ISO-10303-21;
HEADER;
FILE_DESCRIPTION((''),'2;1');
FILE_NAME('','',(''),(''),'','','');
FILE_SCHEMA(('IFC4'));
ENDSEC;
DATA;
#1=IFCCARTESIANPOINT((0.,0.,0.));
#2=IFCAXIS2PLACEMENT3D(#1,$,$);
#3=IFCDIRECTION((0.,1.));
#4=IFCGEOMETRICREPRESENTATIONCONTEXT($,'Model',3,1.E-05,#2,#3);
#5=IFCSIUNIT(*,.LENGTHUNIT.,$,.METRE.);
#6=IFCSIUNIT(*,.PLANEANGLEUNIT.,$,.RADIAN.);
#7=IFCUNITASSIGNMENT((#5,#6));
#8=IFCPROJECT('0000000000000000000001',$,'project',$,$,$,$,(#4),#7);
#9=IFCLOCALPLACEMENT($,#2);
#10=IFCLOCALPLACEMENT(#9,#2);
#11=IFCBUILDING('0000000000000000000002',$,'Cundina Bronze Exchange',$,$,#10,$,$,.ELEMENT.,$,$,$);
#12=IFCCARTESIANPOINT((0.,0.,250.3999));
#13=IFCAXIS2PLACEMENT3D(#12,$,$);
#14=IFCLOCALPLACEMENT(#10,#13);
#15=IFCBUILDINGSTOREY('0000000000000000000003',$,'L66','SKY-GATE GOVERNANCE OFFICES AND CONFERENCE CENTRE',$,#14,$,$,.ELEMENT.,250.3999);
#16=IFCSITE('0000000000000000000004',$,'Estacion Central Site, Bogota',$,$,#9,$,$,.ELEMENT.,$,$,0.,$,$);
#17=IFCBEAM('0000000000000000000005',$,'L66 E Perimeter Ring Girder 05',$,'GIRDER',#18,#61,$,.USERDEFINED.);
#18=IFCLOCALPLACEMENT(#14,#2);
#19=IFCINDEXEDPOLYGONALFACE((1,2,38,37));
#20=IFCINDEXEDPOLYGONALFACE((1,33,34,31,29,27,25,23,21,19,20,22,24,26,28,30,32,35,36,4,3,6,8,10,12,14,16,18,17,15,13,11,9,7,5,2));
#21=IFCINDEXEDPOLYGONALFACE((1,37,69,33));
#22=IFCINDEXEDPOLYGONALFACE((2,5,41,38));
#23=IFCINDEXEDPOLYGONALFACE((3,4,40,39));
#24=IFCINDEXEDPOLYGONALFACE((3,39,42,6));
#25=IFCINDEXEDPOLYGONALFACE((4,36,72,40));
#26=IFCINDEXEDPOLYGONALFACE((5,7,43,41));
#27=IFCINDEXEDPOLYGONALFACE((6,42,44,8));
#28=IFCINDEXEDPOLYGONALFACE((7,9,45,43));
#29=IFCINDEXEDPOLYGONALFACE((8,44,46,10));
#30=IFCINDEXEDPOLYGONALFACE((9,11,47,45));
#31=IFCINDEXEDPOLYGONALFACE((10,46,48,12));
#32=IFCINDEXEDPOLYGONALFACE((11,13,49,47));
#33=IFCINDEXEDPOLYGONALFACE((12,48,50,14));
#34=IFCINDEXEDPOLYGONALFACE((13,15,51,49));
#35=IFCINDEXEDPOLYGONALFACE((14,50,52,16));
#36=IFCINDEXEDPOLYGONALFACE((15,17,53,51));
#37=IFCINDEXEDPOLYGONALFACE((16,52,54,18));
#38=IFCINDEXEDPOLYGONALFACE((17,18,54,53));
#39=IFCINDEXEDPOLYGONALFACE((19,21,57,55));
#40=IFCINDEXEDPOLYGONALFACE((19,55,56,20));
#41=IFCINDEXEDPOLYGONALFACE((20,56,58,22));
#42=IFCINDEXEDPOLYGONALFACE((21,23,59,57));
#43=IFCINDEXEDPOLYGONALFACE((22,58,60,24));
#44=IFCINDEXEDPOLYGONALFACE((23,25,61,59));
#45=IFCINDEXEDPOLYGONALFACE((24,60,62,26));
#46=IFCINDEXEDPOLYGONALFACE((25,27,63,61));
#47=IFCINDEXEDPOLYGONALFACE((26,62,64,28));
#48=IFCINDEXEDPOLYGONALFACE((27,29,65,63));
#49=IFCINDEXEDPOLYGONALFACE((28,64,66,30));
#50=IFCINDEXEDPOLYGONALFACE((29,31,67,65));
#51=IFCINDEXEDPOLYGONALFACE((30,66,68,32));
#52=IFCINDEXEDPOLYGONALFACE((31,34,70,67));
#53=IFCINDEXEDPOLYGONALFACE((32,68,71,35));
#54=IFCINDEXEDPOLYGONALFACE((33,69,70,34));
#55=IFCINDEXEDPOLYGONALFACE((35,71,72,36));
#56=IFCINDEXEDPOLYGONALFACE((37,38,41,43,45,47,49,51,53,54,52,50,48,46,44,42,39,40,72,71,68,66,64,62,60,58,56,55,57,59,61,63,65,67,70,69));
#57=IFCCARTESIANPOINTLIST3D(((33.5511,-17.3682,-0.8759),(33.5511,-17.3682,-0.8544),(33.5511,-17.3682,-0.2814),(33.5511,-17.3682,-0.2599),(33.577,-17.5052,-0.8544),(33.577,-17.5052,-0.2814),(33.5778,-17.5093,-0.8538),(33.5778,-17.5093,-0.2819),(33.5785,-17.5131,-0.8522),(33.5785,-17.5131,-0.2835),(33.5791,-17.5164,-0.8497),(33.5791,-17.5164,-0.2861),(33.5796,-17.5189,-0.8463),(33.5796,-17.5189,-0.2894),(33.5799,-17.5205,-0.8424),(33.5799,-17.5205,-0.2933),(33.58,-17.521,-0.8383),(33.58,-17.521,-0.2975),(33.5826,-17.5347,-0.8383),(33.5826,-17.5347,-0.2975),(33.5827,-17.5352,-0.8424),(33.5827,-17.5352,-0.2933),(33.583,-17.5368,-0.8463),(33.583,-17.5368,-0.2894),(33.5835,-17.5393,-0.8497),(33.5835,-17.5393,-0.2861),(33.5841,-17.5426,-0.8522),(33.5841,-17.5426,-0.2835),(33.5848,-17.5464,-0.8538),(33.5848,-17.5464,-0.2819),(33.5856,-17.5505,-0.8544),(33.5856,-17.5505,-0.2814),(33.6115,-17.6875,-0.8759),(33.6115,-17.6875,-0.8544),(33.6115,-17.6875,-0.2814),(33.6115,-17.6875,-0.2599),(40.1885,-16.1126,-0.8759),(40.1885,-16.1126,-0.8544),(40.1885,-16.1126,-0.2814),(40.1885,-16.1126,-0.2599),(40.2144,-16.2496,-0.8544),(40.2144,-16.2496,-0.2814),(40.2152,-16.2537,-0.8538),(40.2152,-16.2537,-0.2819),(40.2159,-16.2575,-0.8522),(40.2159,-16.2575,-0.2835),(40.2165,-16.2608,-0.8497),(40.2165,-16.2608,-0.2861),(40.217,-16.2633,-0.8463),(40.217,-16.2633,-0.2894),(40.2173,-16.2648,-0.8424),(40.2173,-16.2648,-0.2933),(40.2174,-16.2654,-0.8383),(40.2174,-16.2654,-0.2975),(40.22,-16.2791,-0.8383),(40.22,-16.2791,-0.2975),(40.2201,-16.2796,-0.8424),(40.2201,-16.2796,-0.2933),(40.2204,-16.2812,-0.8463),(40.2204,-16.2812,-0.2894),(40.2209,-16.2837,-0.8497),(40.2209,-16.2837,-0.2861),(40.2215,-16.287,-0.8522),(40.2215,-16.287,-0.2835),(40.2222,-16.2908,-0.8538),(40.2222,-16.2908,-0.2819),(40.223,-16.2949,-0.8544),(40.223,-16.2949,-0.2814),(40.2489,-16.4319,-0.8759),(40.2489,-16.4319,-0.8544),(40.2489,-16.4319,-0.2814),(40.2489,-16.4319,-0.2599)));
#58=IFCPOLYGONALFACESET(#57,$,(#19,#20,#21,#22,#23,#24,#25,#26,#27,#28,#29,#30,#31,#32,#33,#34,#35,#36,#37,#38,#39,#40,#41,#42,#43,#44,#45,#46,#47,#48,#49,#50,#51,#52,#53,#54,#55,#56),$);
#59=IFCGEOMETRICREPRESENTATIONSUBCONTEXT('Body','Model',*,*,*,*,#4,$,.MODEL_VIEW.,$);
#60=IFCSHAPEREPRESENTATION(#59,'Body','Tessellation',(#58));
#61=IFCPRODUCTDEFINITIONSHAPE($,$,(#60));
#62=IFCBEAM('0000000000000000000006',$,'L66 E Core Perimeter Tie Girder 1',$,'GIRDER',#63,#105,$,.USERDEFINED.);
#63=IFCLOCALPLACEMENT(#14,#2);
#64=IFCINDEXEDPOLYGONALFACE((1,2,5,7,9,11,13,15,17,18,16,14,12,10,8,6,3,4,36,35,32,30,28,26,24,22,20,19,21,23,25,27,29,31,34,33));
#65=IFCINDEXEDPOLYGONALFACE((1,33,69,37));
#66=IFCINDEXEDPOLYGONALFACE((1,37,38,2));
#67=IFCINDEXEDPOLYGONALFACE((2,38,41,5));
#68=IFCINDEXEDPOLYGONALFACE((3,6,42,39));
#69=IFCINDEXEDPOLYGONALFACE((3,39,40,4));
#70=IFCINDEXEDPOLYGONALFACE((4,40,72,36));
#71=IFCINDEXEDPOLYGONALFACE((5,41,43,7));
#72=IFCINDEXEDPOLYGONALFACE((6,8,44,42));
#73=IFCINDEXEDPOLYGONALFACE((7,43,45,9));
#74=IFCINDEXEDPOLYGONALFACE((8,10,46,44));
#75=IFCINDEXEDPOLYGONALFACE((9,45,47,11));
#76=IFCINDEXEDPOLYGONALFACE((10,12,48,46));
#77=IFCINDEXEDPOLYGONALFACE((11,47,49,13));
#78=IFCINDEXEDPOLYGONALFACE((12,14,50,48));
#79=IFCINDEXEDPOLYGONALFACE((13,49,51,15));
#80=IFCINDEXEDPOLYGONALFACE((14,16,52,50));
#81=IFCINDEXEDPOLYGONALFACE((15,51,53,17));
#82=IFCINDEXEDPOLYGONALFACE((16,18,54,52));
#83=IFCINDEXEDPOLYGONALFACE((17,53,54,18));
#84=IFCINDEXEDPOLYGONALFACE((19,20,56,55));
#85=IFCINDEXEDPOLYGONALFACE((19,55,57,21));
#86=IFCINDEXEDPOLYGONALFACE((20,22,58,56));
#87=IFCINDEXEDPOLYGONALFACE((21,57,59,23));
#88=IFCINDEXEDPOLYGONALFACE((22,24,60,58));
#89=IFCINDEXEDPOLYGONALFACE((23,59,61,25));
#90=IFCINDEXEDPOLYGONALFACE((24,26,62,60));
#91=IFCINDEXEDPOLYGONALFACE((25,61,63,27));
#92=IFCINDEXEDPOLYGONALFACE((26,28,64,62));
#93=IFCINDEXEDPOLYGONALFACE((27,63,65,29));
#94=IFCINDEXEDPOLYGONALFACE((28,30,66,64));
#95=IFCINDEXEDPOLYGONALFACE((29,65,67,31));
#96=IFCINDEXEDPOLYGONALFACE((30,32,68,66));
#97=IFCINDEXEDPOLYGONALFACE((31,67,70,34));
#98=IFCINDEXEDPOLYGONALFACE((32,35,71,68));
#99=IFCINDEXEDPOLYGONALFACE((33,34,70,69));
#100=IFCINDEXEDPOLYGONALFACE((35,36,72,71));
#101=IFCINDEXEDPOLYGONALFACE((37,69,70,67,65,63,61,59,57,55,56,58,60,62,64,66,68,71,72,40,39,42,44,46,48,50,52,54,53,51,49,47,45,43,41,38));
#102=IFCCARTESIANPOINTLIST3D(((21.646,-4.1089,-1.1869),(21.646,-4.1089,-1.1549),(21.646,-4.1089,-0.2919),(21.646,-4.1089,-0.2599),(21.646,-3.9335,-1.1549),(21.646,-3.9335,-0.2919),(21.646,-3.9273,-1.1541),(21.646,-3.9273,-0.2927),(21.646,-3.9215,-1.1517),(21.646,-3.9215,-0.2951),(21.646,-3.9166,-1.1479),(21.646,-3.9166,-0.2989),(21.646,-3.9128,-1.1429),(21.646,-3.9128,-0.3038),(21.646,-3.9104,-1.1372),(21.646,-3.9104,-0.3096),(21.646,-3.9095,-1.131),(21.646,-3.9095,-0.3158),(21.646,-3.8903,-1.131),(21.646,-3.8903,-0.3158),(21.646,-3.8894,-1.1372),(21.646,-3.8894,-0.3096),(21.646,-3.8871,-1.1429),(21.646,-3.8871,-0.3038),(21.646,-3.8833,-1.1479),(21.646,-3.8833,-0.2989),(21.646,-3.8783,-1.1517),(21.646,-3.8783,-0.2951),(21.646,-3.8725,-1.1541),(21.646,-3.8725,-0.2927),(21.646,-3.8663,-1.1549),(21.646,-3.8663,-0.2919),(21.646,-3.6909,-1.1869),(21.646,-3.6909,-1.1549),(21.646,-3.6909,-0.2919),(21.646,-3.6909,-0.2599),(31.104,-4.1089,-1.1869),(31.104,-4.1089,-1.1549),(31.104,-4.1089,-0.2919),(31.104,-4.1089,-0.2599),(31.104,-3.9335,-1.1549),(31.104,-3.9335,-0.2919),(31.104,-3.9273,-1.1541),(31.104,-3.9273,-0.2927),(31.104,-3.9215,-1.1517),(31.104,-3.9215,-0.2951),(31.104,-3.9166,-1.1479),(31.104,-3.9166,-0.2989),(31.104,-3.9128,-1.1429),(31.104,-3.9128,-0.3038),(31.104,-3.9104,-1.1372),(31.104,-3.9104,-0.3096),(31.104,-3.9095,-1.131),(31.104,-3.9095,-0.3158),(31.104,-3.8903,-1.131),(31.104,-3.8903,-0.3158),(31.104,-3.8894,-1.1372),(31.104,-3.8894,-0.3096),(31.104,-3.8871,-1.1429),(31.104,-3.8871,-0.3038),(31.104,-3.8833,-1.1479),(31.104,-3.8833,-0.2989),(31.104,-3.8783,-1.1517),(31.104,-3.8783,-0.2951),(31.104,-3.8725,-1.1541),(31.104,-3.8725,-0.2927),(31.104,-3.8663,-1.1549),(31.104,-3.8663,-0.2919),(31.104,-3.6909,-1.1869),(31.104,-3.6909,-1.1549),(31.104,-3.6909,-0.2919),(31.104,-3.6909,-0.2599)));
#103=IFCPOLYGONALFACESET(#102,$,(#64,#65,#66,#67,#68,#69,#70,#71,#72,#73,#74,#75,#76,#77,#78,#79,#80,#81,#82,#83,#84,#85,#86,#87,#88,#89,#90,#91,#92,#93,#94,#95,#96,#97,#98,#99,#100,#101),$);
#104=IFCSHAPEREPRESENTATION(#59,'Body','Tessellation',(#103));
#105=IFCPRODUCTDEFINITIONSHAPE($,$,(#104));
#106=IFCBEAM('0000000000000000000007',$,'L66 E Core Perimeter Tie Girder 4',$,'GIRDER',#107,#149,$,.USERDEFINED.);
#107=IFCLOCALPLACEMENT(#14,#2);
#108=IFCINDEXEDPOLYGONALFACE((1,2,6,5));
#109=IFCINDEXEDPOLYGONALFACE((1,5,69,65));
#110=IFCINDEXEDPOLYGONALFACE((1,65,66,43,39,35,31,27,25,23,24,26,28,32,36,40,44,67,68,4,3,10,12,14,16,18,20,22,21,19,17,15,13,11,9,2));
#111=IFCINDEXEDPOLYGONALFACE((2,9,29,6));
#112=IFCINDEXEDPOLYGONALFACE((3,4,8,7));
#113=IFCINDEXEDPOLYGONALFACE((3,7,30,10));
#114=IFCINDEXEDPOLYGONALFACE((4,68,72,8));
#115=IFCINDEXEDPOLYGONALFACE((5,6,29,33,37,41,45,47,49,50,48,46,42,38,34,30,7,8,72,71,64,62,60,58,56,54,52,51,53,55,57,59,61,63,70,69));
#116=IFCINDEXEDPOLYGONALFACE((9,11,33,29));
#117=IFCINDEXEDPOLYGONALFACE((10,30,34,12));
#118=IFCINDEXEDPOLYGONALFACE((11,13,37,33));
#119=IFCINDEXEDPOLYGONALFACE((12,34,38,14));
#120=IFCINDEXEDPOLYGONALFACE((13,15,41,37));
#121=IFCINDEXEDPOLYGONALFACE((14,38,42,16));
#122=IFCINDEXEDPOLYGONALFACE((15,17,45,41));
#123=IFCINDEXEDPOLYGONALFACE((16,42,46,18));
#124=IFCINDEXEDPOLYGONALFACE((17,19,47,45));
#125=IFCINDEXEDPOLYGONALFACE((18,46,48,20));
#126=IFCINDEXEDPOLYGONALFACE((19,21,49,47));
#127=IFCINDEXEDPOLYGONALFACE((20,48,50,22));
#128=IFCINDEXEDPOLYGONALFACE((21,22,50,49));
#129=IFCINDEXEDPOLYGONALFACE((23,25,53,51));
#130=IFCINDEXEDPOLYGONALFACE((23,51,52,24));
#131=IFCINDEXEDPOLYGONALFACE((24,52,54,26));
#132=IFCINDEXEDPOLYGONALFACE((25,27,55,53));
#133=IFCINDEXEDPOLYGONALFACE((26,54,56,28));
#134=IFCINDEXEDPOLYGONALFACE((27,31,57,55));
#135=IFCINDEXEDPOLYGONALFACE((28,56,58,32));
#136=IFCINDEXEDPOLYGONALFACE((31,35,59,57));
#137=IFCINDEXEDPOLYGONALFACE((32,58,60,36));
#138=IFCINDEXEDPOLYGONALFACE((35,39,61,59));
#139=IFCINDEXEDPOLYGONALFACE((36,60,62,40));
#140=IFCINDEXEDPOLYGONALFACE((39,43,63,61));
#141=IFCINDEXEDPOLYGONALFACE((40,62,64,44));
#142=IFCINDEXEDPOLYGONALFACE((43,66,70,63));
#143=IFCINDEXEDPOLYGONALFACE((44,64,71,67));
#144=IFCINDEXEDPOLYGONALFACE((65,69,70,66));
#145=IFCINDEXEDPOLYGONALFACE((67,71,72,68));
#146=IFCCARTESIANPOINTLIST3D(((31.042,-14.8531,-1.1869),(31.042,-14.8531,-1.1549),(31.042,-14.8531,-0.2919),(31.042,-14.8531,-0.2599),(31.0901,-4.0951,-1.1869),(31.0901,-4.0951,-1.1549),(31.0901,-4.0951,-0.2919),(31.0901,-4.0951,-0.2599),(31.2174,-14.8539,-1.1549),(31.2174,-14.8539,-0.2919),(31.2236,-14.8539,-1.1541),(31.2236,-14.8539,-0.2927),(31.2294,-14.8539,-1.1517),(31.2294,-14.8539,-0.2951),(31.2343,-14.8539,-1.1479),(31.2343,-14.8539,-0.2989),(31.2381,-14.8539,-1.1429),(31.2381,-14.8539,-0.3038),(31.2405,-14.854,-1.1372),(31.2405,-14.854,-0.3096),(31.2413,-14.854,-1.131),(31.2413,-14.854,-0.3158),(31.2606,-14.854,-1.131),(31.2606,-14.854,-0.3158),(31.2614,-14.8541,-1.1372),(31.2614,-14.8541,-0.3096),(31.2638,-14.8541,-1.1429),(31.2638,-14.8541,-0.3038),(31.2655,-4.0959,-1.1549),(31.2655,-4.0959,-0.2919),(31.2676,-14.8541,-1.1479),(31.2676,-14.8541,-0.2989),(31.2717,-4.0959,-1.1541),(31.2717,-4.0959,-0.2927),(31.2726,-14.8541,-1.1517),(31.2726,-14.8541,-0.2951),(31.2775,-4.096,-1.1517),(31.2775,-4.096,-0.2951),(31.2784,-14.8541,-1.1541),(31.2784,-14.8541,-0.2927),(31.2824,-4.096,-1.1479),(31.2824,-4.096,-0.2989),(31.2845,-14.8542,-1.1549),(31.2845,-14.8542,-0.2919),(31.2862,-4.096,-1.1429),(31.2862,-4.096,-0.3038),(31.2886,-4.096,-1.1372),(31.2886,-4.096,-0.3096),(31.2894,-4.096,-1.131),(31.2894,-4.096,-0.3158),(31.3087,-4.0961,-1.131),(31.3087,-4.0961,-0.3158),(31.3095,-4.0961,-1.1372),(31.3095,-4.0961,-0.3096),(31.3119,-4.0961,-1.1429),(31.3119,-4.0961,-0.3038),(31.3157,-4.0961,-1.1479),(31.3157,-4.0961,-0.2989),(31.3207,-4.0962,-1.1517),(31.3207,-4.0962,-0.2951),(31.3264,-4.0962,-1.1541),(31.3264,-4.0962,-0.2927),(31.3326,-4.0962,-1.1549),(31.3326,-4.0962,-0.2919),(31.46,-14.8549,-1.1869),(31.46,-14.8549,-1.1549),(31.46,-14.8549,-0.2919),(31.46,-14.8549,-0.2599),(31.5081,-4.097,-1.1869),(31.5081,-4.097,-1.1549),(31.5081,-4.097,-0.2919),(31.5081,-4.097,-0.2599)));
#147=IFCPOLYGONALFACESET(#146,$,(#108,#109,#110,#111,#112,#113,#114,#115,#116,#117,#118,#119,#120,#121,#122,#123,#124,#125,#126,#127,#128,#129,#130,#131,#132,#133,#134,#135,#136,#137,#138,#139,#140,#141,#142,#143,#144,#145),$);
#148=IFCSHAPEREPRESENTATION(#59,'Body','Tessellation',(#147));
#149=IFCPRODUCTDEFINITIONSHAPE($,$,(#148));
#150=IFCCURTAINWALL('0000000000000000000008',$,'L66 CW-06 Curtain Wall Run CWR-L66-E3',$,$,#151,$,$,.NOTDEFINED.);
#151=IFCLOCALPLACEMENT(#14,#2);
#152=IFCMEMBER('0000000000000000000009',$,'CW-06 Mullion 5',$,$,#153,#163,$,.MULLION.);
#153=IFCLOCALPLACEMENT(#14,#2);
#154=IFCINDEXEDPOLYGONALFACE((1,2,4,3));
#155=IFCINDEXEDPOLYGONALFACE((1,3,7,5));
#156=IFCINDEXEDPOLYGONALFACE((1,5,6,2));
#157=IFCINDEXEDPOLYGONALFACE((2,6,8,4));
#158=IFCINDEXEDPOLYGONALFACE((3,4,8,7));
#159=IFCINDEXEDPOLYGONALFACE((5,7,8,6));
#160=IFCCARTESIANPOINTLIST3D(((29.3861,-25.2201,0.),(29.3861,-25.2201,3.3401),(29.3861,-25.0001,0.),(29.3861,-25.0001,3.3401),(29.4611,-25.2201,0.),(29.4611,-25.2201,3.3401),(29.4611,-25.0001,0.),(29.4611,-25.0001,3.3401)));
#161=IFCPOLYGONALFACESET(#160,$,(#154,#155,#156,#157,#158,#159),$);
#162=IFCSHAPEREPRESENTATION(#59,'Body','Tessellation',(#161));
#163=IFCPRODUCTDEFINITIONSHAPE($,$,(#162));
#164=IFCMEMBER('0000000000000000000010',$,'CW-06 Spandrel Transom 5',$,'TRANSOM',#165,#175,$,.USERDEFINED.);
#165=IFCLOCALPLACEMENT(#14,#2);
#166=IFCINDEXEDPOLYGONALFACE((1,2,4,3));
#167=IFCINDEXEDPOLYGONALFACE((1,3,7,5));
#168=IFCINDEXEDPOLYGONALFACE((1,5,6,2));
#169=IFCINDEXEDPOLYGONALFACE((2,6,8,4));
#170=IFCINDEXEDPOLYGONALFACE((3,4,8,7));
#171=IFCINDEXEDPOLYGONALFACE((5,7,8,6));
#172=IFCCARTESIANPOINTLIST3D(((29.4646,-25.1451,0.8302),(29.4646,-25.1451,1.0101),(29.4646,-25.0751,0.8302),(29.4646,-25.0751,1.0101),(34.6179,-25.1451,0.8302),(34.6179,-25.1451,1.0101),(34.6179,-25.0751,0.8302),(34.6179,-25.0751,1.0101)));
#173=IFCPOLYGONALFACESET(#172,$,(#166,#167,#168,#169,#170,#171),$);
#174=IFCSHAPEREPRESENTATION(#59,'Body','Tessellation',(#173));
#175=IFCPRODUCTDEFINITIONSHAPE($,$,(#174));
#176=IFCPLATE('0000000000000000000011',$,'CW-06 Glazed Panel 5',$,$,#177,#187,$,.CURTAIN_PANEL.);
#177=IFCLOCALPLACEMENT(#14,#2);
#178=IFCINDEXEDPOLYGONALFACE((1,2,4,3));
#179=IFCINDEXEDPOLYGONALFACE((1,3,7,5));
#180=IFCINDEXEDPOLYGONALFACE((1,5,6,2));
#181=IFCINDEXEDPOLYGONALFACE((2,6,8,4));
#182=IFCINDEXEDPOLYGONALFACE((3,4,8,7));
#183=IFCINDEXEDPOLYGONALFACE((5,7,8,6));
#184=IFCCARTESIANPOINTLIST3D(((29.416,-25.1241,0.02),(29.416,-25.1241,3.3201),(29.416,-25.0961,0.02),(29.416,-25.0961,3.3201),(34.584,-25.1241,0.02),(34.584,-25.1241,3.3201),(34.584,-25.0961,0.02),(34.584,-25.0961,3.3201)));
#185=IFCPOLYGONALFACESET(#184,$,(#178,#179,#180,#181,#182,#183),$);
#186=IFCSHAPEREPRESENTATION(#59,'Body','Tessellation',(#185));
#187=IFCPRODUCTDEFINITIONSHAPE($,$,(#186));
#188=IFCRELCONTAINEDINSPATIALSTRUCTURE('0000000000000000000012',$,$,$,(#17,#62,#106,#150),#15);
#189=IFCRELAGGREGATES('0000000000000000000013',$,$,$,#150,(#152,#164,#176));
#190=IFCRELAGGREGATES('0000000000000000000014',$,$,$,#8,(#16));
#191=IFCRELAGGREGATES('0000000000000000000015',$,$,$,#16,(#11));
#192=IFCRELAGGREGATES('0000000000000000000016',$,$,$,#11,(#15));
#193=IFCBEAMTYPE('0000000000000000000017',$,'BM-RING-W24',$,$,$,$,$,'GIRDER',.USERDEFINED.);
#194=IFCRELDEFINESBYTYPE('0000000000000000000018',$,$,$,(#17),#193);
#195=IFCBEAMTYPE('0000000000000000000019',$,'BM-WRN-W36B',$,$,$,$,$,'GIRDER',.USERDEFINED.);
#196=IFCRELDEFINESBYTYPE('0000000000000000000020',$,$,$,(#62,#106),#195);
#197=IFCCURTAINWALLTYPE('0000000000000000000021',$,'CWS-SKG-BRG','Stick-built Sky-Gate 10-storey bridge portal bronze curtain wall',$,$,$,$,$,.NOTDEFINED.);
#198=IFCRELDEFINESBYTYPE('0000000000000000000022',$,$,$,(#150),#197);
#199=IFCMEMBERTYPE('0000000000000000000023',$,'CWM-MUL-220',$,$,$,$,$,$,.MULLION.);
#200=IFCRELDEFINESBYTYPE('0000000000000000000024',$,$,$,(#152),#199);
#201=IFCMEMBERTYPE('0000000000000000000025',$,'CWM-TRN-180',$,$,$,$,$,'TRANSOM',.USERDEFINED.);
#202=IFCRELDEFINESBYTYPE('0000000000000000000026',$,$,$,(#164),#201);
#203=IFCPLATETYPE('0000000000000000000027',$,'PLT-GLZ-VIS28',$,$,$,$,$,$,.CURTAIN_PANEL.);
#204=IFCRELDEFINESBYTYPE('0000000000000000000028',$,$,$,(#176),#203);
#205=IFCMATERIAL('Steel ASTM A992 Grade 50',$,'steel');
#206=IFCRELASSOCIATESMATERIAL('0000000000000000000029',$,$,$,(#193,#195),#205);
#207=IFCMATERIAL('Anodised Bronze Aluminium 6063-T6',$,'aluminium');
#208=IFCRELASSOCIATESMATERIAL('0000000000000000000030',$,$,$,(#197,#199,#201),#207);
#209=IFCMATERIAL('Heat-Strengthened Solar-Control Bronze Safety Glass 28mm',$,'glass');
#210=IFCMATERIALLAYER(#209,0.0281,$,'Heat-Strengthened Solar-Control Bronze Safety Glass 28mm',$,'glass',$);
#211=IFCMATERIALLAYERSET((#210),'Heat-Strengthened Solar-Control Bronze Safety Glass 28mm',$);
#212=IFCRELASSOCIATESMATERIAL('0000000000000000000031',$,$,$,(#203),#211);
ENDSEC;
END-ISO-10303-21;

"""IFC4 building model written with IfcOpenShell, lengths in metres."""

from ifc_helpers import new_model, si_unit, direction, frame, origin, origin_2d, place, context, subcontext, project, spatial, rectangle, i_section, extrude, material, layer, layer_set, material_profile, profile_set, type_object, element, aggregate, save


model = new_model("IFC4")

# Units and contexts
model_context = context("Model", 3, precision=1e-05, world=origin(), true_north=direction((0.0, 1.0)))
body_context = subcontext(model_context, "Body", "Model", "MODEL_VIEW")
ifc_project = project(units=[si_unit("LENGTHUNIT", "METRE"), si_unit("PLANEANGLEUNIT", "RADIAN")], contexts=[model_context])

# Site, building, storey
site_placement = place(None, origin())
site = spatial("IfcSite", under=ifc_project, at=site_placement, Name="Estacion Central Site, Bogota", CompositionType="ELEMENT", RefElevation=0.0)
building_placement = place(site_placement, origin())
building = spatial("IfcBuilding", under=site, at=building_placement, Name="Cundina Bronze Exchange", CompositionType="ELEMENT")
storey_placement = place(building_placement, frame((0.0, 0.0, 250.3999)))
storey = spatial("IfcBuildingStorey", under=building, at=storey_placement, Name="L66", Description="SKY-GATE GOVERNANCE OFFICES AND CONFERENCE CENTRE", CompositionType="ELEMENT", Elevation=250.3999)

# Shared definitions
ifc_material_1 = material(Name="Steel ASTM A992 Grade 50", Category="steel")

# Beams
ifc_material_profile_1 = material_profile(ifc_material_1, i_section(OverallWidth=0.325, OverallDepth=0.616, WebThickness=0.0139, FlangeThickness=0.0215, FilletRadius=0.0161, at=origin_2d()), Name="W24X117", Category="steel")
ifc_profile_set_1 = profile_set([ifc_material_profile_1], Name="Steel ASTM A992 Grade 50")
beam_type_1 = type_object("IfcBeamType", Name="BM-RING-W24", ElementType="GIRDER", PredefinedType="USERDEFINED", material=ifc_profile_set_1)
beam_1_placement = place(storey_placement, frame((33.5813, -17.5278, -0.5679), z_axis=(0.982573, 0.185875, 0.0), x_axis=(-0.185875, 0.982573, 0.0)))
element("IfcBeam", 1, at=beam_1_placement, inside=storey, type_object=beam_type_1, Name="L66 E Perimeter Ring Girder 05", ObjectType="GIRDER", PredefinedType="USERDEFINED", context=body_context, shape_type="SweptSolid", body=[
    extrude(i_section(OverallWidth=0.325, OverallDepth=0.616, WebThickness=0.0139, FlangeThickness=0.0215, FilletRadius=0.0161, at=origin_2d()), origin(), (0.0, 0.0, 1.0), 6.7551),
])
ifc_material_profile_2 = material_profile(ifc_material_1, i_section(OverallWidth=0.418, OverallDepth=0.927, WebThickness=0.0193, FlangeThickness=0.032, FilletRadius=0.0239, at=origin_2d()), Name="W36X231", Category="steel")
ifc_profile_set_2 = profile_set([ifc_material_profile_2], Name="Steel ASTM A992 Grade 50")
beam_type_2 = type_object("IfcBeamType", Name="BM-WRN-W36B", ElementType="GIRDER", PredefinedType="USERDEFINED", material=ifc_profile_set_2)
beam_2_placement = place(storey_placement, frame((31.104, -3.8999, -0.7234), z_axis=(-1.0, 0.0, 0.0), x_axis=(0.0, -1.0, 0.0)))
element("IfcBeam", 2, at=beam_2_placement, inside=storey, type_object=beam_type_2, Name="L66 E Core Perimeter Tie Girder 1", ObjectType="GIRDER", PredefinedType="USERDEFINED", context=body_context, shape_type="SweptSolid", body=[
    extrude(i_section(OverallWidth=0.418, OverallDepth=0.927, WebThickness=0.0193, FlangeThickness=0.032, FilletRadius=0.0239, at=origin_2d()), origin(), (0.0, 0.0, 1.0), 9.458),
])
beam_3_placement = place(storey_placement, frame((31.251, -14.854, -0.7234), z_axis=(0.004471, 0.99999, 0.0), x_axis=(-0.99999, 0.004471, 0.0)))
element("IfcBeam", 3, at=beam_3_placement, inside=storey, type_object=beam_type_2, Name="L66 E Core Perimeter Tie Girder 4", ObjectType="GIRDER", PredefinedType="USERDEFINED", context=body_context, shape_type="SweptSolid", body=[
    extrude(i_section(OverallWidth=0.418, OverallDepth=0.927, WebThickness=0.0193, FlangeThickness=0.032, FilletRadius=0.0239, at=origin_2d()), origin(), (0.0, 0.0, 1.0), 10.7581),
])

# Curtain wall, members, plate
ifc_material_2 = material(Name="Anodised Bronze Aluminium 6063-T6", Category="aluminium")
curtain_wall_type = type_object("IfcCurtainWallType", Name="CWS-SKG-BRG", Description="Stick-built Sky-Gate 10-storey bridge portal bronze curtain wall", PredefinedType="NOTDEFINED", material=ifc_material_2)
curtain_wall_placement = place(storey_placement, origin())
curtain_wall = element("IfcCurtainWall", 4, at=curtain_wall_placement, inside=storey, type_object=curtain_wall_type, Name="L66 CW-06 Curtain Wall Run CWR-L66-E3", PredefinedType="NOTDEFINED")
ifc_material_profile_3 = material_profile(ifc_material_2, rectangle(XDim=0.075, YDim=0.22, at=origin_2d()), Name="AL75X220", Category="aluminium")
ifc_profile_set_3 = profile_set([ifc_material_profile_3], Name="Anodised Bronze Aluminium 6063-T6")
member_type_1 = type_object("IfcMemberType", Name="CWM-MUL-220", PredefinedType="MULLION", material=ifc_profile_set_3)
member_1_placement = place(storey_placement, frame((29.4236, -25.1101, 0.0), z_axis=(0.0, 0.0, 1.0), x_axis=(1.0, 0.0, 0.0)))
member_1 = element("IfcMember", 5, at=member_1_placement, type_object=member_type_1, Name="CW-06 Mullion 5", PredefinedType="MULLION", context=body_context, shape_type="SweptSolid", body=[
    extrude(rectangle(XDim=0.075, YDim=0.22, at=origin_2d()), origin(), (0.0, 0.0, 1.0), 3.3401),
])
ifc_material_profile_4 = material_profile(ifc_material_2, rectangle(XDim=0.0701, YDim=0.1799, at=origin_2d()), Name="AL70X180", Category="aluminium")
ifc_profile_set_4 = profile_set([ifc_material_profile_4], Name="Anodised Bronze Aluminium 6063-T6")
member_type_2 = type_object("IfcMemberType", Name="CWM-TRN-180", ElementType="TRANSOM", PredefinedType="USERDEFINED", material=ifc_profile_set_4)
member_2_placement = place(storey_placement, frame((29.4646, -25.1101, 0.9202), z_axis=(1.0, 0.0, 0.0), x_axis=(0.0, 1.0, 0.0)))
member_2 = element("IfcMember", 6, at=member_2_placement, type_object=member_type_2, Name="CW-06 Spandrel Transom 5", ObjectType="TRANSOM", PredefinedType="USERDEFINED", context=body_context, shape_type="SweptSolid", body=[
    extrude(rectangle(XDim=0.0701, YDim=0.1799, at=origin_2d()), origin(), (0.0, 0.0, 1.0), 5.1533),
])
ifc_material_3 = material(Name="Heat-Strengthened Solar-Control Bronze Safety Glass 28mm", Category="glass")
ifc_layer_1 = layer(ifc_material_3, 0.0281, Name="Heat-Strengthened Solar-Control Bronze Safety Glass 28mm", Category="glass")
ifc_layer_set_1 = layer_set([ifc_layer_1], Name="Heat-Strengthened Solar-Control Bronze Safety Glass 28mm")
plate_type = type_object("IfcPlateType", Name="PLT-GLZ-VIS28", PredefinedType="CURTAIN_PANEL", material=ifc_layer_set_1)
plate_placement = place(storey_placement, frame((32.0, -25.1101, 0.02), z_axis=(0.0, 0.0, 1.0), x_axis=(1.0, 0.0, 0.0)))
plate = element("IfcPlate", 7, at=plate_placement, type_object=plate_type, Name="CW-06 Glazed Panel 5", PredefinedType="CURTAIN_PANEL", context=body_context, shape_type="SweptSolid", body=[
    extrude(rectangle(XDim=5.168, YDim=0.0281, at=origin_2d()), origin(), (0.0, 0.0, 1.0), 3.3),
])
aggregate(curtain_wall, [member_1, member_2, plate])

save(model, "model.ifc")
